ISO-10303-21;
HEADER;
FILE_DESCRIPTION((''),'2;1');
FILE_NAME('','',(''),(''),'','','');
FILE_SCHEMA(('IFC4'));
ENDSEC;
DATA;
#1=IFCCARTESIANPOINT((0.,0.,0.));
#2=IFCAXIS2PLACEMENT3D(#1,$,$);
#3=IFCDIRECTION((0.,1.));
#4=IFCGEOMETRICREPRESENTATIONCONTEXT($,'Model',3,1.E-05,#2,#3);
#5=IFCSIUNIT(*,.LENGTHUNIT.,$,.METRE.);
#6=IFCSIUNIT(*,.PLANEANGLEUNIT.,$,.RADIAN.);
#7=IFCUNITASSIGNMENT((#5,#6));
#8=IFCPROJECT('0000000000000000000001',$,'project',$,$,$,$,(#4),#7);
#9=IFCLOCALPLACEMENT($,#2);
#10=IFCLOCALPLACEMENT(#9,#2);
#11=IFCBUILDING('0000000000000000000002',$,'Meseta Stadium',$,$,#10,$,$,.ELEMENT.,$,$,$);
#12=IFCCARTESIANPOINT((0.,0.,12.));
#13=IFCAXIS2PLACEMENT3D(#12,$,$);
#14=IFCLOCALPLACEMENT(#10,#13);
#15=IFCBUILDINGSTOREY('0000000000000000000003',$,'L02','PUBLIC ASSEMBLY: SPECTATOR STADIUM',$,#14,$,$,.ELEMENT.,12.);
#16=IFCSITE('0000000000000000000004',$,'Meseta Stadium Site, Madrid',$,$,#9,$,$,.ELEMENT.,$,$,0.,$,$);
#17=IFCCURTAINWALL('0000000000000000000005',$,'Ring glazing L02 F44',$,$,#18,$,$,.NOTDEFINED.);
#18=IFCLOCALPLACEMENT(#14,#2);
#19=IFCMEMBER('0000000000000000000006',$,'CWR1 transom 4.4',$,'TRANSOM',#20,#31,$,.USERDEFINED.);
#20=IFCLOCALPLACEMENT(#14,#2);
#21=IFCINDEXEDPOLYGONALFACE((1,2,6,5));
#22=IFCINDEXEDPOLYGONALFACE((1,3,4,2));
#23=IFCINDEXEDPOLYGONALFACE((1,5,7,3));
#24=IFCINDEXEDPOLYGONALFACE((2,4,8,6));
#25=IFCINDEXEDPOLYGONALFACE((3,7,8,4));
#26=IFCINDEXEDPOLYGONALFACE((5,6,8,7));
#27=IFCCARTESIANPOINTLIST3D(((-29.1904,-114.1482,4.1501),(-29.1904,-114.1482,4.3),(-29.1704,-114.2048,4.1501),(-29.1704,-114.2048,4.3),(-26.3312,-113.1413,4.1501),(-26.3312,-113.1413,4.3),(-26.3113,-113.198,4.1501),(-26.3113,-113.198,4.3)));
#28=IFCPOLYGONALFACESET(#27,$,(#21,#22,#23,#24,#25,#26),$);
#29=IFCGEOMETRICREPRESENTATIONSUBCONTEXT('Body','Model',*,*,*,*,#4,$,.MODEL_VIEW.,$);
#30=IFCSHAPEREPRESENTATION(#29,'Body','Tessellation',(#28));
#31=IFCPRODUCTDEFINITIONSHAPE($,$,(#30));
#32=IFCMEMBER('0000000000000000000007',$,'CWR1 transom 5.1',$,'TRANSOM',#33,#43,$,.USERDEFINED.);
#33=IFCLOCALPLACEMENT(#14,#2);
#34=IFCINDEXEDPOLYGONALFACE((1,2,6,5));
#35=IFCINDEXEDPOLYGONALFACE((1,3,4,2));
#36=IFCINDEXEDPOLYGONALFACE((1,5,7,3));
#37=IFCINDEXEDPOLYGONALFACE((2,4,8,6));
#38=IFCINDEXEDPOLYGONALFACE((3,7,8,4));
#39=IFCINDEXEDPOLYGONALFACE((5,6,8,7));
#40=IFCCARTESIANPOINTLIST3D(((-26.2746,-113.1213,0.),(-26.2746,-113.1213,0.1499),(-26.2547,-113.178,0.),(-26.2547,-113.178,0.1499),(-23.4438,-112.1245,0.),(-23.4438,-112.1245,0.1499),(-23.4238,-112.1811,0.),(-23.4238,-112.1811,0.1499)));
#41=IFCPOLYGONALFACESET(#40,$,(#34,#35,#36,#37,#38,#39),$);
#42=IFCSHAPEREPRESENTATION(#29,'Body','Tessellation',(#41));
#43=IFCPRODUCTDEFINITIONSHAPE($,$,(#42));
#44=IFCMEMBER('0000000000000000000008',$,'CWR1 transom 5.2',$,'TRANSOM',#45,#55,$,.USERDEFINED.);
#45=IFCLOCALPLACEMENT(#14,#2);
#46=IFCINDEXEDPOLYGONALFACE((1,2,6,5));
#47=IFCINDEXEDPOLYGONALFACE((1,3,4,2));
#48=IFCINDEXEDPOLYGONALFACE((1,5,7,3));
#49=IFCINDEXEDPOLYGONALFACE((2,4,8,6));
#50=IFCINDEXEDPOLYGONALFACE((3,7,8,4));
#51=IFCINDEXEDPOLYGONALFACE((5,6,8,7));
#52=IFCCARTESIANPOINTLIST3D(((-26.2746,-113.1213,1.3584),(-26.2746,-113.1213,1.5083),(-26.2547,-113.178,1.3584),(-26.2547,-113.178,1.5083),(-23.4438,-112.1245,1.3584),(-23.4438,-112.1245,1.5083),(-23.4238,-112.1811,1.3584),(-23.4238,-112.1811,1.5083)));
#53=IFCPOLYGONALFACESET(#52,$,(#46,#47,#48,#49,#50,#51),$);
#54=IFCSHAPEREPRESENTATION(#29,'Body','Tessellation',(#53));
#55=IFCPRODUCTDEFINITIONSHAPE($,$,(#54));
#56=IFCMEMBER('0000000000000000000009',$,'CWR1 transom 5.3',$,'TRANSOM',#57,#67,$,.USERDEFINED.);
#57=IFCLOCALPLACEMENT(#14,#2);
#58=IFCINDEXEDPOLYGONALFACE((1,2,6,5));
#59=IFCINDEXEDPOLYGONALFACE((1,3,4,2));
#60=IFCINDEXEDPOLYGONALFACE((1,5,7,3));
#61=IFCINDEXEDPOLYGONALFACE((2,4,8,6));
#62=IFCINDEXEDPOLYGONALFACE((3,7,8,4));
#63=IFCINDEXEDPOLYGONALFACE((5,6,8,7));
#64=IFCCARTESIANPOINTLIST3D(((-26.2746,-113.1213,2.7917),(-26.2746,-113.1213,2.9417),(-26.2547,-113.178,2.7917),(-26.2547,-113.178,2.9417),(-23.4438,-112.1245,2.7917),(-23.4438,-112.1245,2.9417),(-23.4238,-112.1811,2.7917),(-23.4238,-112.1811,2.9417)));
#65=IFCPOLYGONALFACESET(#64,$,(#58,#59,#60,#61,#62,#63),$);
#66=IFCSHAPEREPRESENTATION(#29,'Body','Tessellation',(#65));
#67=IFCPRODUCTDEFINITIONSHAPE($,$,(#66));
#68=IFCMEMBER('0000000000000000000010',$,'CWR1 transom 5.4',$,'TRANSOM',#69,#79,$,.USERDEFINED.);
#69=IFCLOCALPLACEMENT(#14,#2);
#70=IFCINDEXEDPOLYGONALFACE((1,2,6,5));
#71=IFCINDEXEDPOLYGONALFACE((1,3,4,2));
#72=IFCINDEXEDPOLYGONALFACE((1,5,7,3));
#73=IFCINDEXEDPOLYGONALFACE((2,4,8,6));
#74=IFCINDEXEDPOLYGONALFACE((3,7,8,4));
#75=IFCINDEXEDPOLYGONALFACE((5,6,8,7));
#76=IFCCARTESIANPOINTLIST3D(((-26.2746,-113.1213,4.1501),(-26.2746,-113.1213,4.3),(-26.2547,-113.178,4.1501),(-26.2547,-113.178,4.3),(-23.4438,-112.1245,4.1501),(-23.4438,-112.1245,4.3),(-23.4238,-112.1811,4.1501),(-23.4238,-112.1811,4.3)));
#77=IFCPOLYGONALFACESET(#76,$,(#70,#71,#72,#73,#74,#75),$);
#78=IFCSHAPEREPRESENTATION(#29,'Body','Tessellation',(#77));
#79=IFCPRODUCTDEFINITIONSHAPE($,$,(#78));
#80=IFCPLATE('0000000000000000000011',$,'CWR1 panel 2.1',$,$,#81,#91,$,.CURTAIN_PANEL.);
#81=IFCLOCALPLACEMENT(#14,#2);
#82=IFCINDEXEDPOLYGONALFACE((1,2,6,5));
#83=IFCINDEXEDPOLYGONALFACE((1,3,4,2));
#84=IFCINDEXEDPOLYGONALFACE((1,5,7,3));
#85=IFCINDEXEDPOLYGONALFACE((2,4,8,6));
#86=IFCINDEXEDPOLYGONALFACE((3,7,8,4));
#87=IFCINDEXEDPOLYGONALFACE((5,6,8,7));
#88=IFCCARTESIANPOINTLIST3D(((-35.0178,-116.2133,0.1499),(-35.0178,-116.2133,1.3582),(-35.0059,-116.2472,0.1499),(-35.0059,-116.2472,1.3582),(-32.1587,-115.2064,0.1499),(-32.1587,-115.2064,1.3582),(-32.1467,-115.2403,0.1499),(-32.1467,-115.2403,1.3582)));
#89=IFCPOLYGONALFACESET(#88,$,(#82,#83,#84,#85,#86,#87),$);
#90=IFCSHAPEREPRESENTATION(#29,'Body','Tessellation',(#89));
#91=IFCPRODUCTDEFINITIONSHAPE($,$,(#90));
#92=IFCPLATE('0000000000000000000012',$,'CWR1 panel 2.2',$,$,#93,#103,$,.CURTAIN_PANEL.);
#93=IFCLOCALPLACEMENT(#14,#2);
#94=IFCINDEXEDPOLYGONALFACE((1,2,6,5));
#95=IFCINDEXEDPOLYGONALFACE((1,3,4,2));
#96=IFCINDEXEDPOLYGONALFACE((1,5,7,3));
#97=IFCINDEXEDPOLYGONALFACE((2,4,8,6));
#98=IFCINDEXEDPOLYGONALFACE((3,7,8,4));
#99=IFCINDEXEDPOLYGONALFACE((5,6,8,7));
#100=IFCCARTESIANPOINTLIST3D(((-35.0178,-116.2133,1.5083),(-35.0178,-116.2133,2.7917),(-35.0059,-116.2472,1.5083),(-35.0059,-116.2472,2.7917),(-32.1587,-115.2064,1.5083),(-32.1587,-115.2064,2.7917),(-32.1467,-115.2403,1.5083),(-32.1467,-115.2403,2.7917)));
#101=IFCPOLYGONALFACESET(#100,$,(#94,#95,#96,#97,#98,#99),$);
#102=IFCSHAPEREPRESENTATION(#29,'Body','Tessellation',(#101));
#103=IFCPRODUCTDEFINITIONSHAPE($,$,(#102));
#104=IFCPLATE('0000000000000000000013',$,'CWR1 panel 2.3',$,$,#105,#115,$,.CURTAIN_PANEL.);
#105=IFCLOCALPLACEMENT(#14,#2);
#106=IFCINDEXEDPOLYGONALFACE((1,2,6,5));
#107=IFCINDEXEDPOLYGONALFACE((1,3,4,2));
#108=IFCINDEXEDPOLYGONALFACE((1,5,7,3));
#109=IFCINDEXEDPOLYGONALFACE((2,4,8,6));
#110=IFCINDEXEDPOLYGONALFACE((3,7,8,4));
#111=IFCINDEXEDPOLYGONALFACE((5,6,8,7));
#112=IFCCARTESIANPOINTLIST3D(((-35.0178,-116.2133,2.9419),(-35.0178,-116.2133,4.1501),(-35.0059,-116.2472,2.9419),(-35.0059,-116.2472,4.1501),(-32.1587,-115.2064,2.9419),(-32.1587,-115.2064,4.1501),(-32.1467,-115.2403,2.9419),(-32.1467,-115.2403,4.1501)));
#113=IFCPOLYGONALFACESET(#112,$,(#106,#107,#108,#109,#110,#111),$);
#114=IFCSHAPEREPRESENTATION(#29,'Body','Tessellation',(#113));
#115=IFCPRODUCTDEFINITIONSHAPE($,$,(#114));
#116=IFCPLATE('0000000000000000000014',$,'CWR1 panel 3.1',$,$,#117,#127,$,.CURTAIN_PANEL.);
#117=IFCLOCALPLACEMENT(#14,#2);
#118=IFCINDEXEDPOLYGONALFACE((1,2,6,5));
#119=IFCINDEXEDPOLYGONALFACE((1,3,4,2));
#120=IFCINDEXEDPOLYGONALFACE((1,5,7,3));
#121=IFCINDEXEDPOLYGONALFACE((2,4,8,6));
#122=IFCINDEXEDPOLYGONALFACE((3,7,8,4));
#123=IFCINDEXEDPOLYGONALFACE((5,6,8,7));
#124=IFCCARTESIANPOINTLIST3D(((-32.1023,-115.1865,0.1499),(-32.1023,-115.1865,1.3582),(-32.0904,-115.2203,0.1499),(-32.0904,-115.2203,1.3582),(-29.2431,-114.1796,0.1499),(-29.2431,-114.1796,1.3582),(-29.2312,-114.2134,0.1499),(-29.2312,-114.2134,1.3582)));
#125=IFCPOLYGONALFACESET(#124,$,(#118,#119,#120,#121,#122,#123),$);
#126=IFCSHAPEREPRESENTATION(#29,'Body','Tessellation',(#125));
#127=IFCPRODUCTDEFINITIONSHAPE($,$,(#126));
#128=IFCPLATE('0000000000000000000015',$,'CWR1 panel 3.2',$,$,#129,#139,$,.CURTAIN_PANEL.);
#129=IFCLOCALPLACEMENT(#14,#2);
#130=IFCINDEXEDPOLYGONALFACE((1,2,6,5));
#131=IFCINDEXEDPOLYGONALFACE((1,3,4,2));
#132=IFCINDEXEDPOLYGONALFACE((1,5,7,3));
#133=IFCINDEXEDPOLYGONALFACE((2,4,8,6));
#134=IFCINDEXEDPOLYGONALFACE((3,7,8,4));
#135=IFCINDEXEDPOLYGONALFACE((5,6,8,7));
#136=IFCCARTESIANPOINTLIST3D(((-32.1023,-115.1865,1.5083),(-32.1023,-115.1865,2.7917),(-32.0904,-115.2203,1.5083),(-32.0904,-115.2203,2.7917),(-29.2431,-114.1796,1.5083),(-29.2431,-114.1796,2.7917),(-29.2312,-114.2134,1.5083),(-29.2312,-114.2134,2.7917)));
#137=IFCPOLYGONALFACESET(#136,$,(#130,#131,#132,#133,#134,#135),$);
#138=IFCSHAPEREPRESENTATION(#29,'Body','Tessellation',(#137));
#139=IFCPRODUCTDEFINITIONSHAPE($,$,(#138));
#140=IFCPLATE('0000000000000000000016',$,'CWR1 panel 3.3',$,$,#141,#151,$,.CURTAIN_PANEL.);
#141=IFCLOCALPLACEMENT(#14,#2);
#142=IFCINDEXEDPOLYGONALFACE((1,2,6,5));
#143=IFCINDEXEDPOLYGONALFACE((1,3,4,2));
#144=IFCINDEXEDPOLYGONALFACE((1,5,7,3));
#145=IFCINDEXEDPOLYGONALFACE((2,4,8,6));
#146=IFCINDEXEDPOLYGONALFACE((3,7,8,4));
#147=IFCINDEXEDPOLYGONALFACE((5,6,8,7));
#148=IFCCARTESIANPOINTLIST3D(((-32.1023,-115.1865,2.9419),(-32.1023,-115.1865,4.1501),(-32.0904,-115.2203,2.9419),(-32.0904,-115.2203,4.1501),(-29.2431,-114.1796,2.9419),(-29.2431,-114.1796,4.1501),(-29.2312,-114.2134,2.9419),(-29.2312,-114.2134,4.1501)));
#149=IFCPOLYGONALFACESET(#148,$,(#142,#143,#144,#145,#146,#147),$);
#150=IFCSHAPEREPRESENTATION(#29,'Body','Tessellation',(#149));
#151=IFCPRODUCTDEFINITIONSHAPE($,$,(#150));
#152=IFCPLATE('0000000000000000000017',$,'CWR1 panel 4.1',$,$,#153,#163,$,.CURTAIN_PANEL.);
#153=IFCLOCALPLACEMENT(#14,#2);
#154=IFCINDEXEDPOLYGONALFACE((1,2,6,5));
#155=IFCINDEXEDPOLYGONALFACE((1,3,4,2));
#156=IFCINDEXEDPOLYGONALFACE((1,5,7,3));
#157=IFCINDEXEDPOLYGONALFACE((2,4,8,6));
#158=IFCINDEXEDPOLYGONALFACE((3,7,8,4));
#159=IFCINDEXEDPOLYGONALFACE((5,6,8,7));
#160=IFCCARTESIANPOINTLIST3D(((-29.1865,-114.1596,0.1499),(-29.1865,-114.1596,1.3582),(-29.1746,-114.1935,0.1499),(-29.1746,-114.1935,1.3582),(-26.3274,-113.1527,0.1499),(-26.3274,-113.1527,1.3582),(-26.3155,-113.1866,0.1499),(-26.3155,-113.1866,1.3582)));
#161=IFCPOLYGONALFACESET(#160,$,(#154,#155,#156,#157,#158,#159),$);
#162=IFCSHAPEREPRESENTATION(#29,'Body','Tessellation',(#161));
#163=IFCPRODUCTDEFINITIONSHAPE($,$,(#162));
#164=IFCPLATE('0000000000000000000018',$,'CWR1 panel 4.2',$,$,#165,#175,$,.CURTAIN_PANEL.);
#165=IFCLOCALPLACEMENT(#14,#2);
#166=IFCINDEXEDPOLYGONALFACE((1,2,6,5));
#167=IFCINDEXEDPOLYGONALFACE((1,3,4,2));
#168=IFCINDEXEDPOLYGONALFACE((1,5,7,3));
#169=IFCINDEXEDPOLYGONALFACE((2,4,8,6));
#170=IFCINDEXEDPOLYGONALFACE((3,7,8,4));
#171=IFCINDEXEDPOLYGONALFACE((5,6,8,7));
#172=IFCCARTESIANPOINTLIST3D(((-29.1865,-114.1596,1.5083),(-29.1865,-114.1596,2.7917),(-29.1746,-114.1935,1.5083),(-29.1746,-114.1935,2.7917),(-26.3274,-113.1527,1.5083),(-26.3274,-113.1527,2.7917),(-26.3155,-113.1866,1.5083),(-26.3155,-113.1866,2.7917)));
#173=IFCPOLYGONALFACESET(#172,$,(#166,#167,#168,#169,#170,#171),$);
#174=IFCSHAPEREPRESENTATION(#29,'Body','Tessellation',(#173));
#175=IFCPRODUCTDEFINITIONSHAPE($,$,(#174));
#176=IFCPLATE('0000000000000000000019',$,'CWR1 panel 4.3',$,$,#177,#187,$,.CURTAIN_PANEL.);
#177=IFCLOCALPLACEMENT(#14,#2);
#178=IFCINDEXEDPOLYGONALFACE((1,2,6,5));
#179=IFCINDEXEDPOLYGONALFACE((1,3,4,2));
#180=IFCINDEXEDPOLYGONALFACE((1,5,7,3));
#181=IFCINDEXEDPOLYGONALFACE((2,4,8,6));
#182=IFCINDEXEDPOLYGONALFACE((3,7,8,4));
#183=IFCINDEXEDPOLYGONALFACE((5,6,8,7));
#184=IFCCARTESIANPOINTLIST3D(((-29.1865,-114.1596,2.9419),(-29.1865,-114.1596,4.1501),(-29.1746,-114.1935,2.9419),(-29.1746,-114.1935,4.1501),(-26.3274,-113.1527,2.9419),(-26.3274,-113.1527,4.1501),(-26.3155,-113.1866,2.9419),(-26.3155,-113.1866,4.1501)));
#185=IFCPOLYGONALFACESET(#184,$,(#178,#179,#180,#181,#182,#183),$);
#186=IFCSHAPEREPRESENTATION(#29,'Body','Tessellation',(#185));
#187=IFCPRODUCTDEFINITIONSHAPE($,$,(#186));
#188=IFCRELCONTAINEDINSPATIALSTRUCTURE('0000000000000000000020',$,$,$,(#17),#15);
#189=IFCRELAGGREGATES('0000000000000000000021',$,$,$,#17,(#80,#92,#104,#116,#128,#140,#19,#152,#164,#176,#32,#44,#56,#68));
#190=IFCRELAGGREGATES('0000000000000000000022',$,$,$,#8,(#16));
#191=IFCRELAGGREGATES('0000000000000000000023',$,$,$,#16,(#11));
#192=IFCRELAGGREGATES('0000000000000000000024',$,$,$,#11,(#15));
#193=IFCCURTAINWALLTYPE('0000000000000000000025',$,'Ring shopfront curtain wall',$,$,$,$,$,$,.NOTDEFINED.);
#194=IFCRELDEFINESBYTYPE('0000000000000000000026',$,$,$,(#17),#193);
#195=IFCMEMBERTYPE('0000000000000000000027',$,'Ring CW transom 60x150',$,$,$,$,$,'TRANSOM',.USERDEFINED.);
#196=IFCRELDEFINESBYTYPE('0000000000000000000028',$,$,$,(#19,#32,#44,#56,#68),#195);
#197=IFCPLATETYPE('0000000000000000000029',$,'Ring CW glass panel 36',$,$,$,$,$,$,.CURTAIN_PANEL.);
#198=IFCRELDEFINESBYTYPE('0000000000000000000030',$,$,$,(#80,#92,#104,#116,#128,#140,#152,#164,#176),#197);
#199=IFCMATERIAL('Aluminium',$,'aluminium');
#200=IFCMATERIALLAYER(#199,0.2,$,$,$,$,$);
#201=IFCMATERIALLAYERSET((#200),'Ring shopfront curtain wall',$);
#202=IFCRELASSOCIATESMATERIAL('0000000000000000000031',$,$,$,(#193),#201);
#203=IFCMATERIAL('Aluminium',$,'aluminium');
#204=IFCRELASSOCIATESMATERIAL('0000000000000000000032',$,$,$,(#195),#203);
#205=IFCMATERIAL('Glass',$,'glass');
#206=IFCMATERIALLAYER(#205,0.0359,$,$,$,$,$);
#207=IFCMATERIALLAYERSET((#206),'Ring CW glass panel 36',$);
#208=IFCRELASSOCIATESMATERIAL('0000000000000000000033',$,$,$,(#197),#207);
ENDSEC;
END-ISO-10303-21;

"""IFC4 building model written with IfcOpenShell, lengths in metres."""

from ifc_helpers import new_model, si_unit, direction, frame, origin, origin_2d, place, context, subcontext, project, spatial, rectangle, extrude, material, layer, layer_set, material_profile, profile_set, type_object, element, aggregate, save


model = new_model("IFC4")

# Units and contexts
model_context = context("Model", 3, precision=1e-05, world=origin(), true_north=direction((0.0, 1.0)))
body_context = subcontext(model_context, "Body", "Model", "MODEL_VIEW")
ifc_project = project(units=[si_unit("LENGTHUNIT", "METRE"), si_unit("PLANEANGLEUNIT", "RADIAN")], contexts=[model_context])

# Site, building, storey
site_placement = place(None, origin())
site = spatial("IfcSite", under=ifc_project, at=site_placement, Name="Meseta Stadium Site, Madrid", CompositionType="ELEMENT", RefElevation=0.0)
building_placement = place(site_placement, origin())
building = spatial("IfcBuilding", under=site, at=building_placement, Name="Meseta Stadium", CompositionType="ELEMENT")
storey_placement = place(building_placement, frame((0.0, 0.0, 12.0)))
storey = spatial("IfcBuildingStorey", under=building, at=storey_placement, Name="L02", Description="PUBLIC ASSEMBLY: SPECTATOR STADIUM", CompositionType="ELEMENT", Elevation=12.0)

# Curtain wall, members, plates
ifc_material_1 = material(Name="Aluminium", Category="aluminium")
ifc_layer_1 = layer(ifc_material_1, 0.2)
ifc_layer_set_1 = layer_set([ifc_layer_1], Name="Ring shopfront curtain wall")
curtain_wall_type = type_object("IfcCurtainWallType", Name="Ring shopfront curtain wall", PredefinedType="NOTDEFINED", material=ifc_layer_set_1)
curtain_wall_placement = place(storey_placement, origin())
curtain_wall = element("IfcCurtainWall", 1, at=curtain_wall_placement, inside=storey, type_object=curtain_wall_type, Name="Ring glazing L02 F44", PredefinedType="NOTDEFINED")
ifc_material_2 = material(Name="Aluminium", Category="aluminium")
ifc_material_profile_1 = material_profile(ifc_material_2, rectangle(XDim=0.0601, YDim=0.1499, at=origin_2d()), Name="CW 60x150")
ifc_profile_set_1 = profile_set([ifc_material_profile_1], Name="Aluminium")
member_type_1 = type_object("IfcMemberType", Name="Ring CW transom 60x150", ElementType="TRANSOM", PredefinedType="USERDEFINED", material=ifc_profile_set_1)
member_1_placement = place(storey_placement, frame((-29.1804, -114.1765, 4.2251), z_axis=(0.943225, 0.332154, 0.0), x_axis=(-0.332154, 0.943225, 0.0)))
member_1 = element("IfcMember", 2, at=member_1_placement, type_object=member_type_1, Name="CWR1 transom 4.4", ObjectType="TRANSOM", PredefinedType="USERDEFINED", context=body_context, shape_type="SweptSolid", body=[
    extrude(rectangle(XDim=0.0601, YDim=0.1499, at=origin_2d()), origin(), (0.0, 0.0, 1.0), 3.0312),
])
member_2_placement = place(storey_placement, frame((-26.2646, -113.1497, 0.075), z_axis=(0.943229, 0.332143, 0.0), x_axis=(-0.332143, 0.943229, 0.0)))
member_2 = element("IfcMember", 3, at=member_2_placement, type_object=member_type_1, Name="CWR1 transom 5.1", ObjectType="TRANSOM", PredefinedType="USERDEFINED", context=body_context, shape_type="SweptSolid", body=[
    extrude(rectangle(XDim=0.0601, YDim=0.1499, at=origin_2d()), origin(), (0.0, 0.0, 1.0), 3.0012),
])
member_3_placement = place(storey_placement, frame((-26.2646, -113.1497, 1.4333), z_axis=(0.943229, 0.332143, 0.0), x_axis=(-0.332143, 0.943229, 0.0)))
member_3 = element("IfcMember", 4, at=member_3_placement, type_object=member_type_1, Name="CWR1 transom 5.2", ObjectType="TRANSOM", PredefinedType="USERDEFINED", context=body_context, shape_type="SweptSolid", body=[
    extrude(rectangle(XDim=0.0601, YDim=0.1499, at=origin_2d()), origin(), (0.0, 0.0, 1.0), 3.0012),
])
member_4_placement = place(storey_placement, frame((-26.2646, -113.1497, 2.8667), z_axis=(0.943229, 0.332143, 0.0), x_axis=(-0.332143, 0.943229, 0.0)))
member_4 = element("IfcMember", 5, at=member_4_placement, type_object=member_type_1, Name="CWR1 transom 5.3", ObjectType="TRANSOM", PredefinedType="USERDEFINED", context=body_context, shape_type="SweptSolid", body=[
    extrude(rectangle(XDim=0.0601, YDim=0.1499, at=origin_2d()), origin(), (0.0, 0.0, 1.0), 3.0012),
])
member_5_placement = place(storey_placement, frame((-26.2646, -113.1497, 4.2251), z_axis=(0.943229, 0.332143, 0.0), x_axis=(-0.332143, 0.943229, 0.0)))
member_5 = element("IfcMember", 6, at=member_5_placement, type_object=member_type_1, Name="CWR1 transom 5.4", ObjectType="TRANSOM", PredefinedType="USERDEFINED", context=body_context, shape_type="SweptSolid", body=[
    extrude(rectangle(XDim=0.0601, YDim=0.1499, at=origin_2d()), origin(), (0.0, 0.0, 1.0), 3.0012),
])
ifc_material_3 = material(Name="Glass", Category="glass")
ifc_layer_2 = layer(ifc_material_3, 0.0359)
ifc_layer_set_2 = layer_set([ifc_layer_2], Name="Ring CW glass panel 36")
plate_type_1 = type_object("IfcPlateType", Name="Ring CW glass panel 36", PredefinedType="CURTAIN_PANEL", material=ifc_layer_set_2)
plate_1_placement = place(storey_placement, frame((-33.5823, -115.7268, 0.1499), z_axis=(0.0, 0.0, 1.0), x_axis=(0.943218, 0.332174, 0.0)))
plate_1 = element("IfcPlate", 7, at=plate_1_placement, type_object=plate_type_1, Name="CWR1 panel 2.1", PredefinedType="CURTAIN_PANEL", context=body_context, shape_type="SweptSolid", body=[
    extrude(rectangle(XDim=3.0312, YDim=0.0359, at=origin_2d()), origin(), (0.0, 0.0, 1.0), 1.2083),
])
plate_2_placement = place(storey_placement, frame((-33.5823, -115.7268, 1.5083), z_axis=(0.0, 0.0, 1.0), x_axis=(0.943218, 0.332174, 0.0)))
plate_2 = element("IfcPlate", 8, at=plate_2_placement, type_object=plate_type_1, Name="CWR1 panel 2.2", PredefinedType="CURTAIN_PANEL", context=body_context, shape_type="SweptSolid", body=[
    extrude(rectangle(XDim=3.0312, YDim=0.0359, at=origin_2d()), origin(), (0.0, 0.0, 1.0), 1.2834),
])
plate_3_placement = place(storey_placement, frame((-33.5823, -115.7268, 2.9419), z_axis=(0.0, 0.0, 1.0), x_axis=(0.943218, 0.332174, 0.0)))
plate_3 = element("IfcPlate", 9, at=plate_3_placement, type_object=plate_type_1, Name="CWR1 panel 2.3", PredefinedType="CURTAIN_PANEL", context=body_context, shape_type="SweptSolid", body=[
    extrude(rectangle(XDim=3.0312, YDim=0.0359, at=origin_2d()), origin(), (0.0, 0.0, 1.0), 1.2083),
])
plate_4_placement = place(storey_placement, frame((-30.6667, -114.7, 0.1499), z_axis=(0.0, 0.0, 1.0), x_axis=(0.943218, 0.332174, 0.0)))
plate_4 = element("IfcPlate", 10, at=plate_4_placement, type_object=plate_type_1, Name="CWR1 panel 3.1", PredefinedType="CURTAIN_PANEL", context=body_context, shape_type="SweptSolid", body=[
    extrude(rectangle(XDim=3.0312, YDim=0.0359, at=origin_2d()), origin(), (0.0, 0.0, 1.0), 1.2083),
])
plate_5_placement = place(storey_placement, frame((-30.6667, -114.7, 1.5083), z_axis=(0.0, 0.0, 1.0), x_axis=(0.943218, 0.332174, 0.0)))
plate_5 = element("IfcPlate", 11, at=plate_5_placement, type_object=plate_type_1, Name="CWR1 panel 3.2", PredefinedType="CURTAIN_PANEL", context=body_context, shape_type="SweptSolid", body=[
    extrude(rectangle(XDim=3.0312, YDim=0.0359, at=origin_2d()), origin(), (0.0, 0.0, 1.0), 1.2834),
])
plate_6_placement = place(storey_placement, frame((-30.6667, -114.7, 2.9419), z_axis=(0.0, 0.0, 1.0), x_axis=(0.943218, 0.332174, 0.0)))
plate_6 = element("IfcPlate", 12, at=plate_6_placement, type_object=plate_type_1, Name="CWR1 panel 3.3", PredefinedType="CURTAIN_PANEL", context=body_context, shape_type="SweptSolid", body=[
    extrude(rectangle(XDim=3.0312, YDim=0.0359, at=origin_2d()), origin(), (0.0, 0.0, 1.0), 1.2083),
])
plate_7_placement = place(storey_placement, frame((-27.751, -113.6731, 0.1499), z_axis=(0.0, 0.0, 1.0), x_axis=(0.943218, 0.332174, 0.0)))
plate_7 = element("IfcPlate", 13, at=plate_7_placement, type_object=plate_type_1, Name="CWR1 panel 4.1", PredefinedType="CURTAIN_PANEL", context=body_context, shape_type="SweptSolid", body=[
    extrude(rectangle(XDim=3.0312, YDim=0.0359, at=origin_2d()), origin(), (0.0, 0.0, 1.0), 1.2083),
])
plate_8_placement = place(storey_placement, frame((-27.751, -113.6731, 1.5083), z_axis=(0.0, 0.0, 1.0), x_axis=(0.943218, 0.332174, 0.0)))
plate_8 = element("IfcPlate", 14, at=plate_8_placement, type_object=plate_type_1, Name="CWR1 panel 4.2", PredefinedType="CURTAIN_PANEL", context=body_context, shape_type="SweptSolid", body=[
    extrude(rectangle(XDim=3.0312, YDim=0.0359, at=origin_2d()), origin(), (0.0, 0.0, 1.0), 1.2834),
])
plate_9_placement = place(storey_placement, frame((-27.751, -113.6731, 2.9419), z_axis=(0.0, 0.0, 1.0), x_axis=(0.943218, 0.332174, 0.0)))
plate_9 = element("IfcPlate", 15, at=plate_9_placement, type_object=plate_type_1, Name="CWR1 panel 4.3", PredefinedType="CURTAIN_PANEL", context=body_context, shape_type="SweptSolid", body=[
    extrude(rectangle(XDim=3.0312, YDim=0.0359, at=origin_2d()), origin(), (0.0, 0.0, 1.0), 1.2083),
])
aggregate(curtain_wall, [plate_1, plate_2, plate_3, plate_4, plate_5, plate_6, member_1, plate_7, plate_8, plate_9, member_2, member_3, member_4, member_5])

save(model, "model.ifc")
